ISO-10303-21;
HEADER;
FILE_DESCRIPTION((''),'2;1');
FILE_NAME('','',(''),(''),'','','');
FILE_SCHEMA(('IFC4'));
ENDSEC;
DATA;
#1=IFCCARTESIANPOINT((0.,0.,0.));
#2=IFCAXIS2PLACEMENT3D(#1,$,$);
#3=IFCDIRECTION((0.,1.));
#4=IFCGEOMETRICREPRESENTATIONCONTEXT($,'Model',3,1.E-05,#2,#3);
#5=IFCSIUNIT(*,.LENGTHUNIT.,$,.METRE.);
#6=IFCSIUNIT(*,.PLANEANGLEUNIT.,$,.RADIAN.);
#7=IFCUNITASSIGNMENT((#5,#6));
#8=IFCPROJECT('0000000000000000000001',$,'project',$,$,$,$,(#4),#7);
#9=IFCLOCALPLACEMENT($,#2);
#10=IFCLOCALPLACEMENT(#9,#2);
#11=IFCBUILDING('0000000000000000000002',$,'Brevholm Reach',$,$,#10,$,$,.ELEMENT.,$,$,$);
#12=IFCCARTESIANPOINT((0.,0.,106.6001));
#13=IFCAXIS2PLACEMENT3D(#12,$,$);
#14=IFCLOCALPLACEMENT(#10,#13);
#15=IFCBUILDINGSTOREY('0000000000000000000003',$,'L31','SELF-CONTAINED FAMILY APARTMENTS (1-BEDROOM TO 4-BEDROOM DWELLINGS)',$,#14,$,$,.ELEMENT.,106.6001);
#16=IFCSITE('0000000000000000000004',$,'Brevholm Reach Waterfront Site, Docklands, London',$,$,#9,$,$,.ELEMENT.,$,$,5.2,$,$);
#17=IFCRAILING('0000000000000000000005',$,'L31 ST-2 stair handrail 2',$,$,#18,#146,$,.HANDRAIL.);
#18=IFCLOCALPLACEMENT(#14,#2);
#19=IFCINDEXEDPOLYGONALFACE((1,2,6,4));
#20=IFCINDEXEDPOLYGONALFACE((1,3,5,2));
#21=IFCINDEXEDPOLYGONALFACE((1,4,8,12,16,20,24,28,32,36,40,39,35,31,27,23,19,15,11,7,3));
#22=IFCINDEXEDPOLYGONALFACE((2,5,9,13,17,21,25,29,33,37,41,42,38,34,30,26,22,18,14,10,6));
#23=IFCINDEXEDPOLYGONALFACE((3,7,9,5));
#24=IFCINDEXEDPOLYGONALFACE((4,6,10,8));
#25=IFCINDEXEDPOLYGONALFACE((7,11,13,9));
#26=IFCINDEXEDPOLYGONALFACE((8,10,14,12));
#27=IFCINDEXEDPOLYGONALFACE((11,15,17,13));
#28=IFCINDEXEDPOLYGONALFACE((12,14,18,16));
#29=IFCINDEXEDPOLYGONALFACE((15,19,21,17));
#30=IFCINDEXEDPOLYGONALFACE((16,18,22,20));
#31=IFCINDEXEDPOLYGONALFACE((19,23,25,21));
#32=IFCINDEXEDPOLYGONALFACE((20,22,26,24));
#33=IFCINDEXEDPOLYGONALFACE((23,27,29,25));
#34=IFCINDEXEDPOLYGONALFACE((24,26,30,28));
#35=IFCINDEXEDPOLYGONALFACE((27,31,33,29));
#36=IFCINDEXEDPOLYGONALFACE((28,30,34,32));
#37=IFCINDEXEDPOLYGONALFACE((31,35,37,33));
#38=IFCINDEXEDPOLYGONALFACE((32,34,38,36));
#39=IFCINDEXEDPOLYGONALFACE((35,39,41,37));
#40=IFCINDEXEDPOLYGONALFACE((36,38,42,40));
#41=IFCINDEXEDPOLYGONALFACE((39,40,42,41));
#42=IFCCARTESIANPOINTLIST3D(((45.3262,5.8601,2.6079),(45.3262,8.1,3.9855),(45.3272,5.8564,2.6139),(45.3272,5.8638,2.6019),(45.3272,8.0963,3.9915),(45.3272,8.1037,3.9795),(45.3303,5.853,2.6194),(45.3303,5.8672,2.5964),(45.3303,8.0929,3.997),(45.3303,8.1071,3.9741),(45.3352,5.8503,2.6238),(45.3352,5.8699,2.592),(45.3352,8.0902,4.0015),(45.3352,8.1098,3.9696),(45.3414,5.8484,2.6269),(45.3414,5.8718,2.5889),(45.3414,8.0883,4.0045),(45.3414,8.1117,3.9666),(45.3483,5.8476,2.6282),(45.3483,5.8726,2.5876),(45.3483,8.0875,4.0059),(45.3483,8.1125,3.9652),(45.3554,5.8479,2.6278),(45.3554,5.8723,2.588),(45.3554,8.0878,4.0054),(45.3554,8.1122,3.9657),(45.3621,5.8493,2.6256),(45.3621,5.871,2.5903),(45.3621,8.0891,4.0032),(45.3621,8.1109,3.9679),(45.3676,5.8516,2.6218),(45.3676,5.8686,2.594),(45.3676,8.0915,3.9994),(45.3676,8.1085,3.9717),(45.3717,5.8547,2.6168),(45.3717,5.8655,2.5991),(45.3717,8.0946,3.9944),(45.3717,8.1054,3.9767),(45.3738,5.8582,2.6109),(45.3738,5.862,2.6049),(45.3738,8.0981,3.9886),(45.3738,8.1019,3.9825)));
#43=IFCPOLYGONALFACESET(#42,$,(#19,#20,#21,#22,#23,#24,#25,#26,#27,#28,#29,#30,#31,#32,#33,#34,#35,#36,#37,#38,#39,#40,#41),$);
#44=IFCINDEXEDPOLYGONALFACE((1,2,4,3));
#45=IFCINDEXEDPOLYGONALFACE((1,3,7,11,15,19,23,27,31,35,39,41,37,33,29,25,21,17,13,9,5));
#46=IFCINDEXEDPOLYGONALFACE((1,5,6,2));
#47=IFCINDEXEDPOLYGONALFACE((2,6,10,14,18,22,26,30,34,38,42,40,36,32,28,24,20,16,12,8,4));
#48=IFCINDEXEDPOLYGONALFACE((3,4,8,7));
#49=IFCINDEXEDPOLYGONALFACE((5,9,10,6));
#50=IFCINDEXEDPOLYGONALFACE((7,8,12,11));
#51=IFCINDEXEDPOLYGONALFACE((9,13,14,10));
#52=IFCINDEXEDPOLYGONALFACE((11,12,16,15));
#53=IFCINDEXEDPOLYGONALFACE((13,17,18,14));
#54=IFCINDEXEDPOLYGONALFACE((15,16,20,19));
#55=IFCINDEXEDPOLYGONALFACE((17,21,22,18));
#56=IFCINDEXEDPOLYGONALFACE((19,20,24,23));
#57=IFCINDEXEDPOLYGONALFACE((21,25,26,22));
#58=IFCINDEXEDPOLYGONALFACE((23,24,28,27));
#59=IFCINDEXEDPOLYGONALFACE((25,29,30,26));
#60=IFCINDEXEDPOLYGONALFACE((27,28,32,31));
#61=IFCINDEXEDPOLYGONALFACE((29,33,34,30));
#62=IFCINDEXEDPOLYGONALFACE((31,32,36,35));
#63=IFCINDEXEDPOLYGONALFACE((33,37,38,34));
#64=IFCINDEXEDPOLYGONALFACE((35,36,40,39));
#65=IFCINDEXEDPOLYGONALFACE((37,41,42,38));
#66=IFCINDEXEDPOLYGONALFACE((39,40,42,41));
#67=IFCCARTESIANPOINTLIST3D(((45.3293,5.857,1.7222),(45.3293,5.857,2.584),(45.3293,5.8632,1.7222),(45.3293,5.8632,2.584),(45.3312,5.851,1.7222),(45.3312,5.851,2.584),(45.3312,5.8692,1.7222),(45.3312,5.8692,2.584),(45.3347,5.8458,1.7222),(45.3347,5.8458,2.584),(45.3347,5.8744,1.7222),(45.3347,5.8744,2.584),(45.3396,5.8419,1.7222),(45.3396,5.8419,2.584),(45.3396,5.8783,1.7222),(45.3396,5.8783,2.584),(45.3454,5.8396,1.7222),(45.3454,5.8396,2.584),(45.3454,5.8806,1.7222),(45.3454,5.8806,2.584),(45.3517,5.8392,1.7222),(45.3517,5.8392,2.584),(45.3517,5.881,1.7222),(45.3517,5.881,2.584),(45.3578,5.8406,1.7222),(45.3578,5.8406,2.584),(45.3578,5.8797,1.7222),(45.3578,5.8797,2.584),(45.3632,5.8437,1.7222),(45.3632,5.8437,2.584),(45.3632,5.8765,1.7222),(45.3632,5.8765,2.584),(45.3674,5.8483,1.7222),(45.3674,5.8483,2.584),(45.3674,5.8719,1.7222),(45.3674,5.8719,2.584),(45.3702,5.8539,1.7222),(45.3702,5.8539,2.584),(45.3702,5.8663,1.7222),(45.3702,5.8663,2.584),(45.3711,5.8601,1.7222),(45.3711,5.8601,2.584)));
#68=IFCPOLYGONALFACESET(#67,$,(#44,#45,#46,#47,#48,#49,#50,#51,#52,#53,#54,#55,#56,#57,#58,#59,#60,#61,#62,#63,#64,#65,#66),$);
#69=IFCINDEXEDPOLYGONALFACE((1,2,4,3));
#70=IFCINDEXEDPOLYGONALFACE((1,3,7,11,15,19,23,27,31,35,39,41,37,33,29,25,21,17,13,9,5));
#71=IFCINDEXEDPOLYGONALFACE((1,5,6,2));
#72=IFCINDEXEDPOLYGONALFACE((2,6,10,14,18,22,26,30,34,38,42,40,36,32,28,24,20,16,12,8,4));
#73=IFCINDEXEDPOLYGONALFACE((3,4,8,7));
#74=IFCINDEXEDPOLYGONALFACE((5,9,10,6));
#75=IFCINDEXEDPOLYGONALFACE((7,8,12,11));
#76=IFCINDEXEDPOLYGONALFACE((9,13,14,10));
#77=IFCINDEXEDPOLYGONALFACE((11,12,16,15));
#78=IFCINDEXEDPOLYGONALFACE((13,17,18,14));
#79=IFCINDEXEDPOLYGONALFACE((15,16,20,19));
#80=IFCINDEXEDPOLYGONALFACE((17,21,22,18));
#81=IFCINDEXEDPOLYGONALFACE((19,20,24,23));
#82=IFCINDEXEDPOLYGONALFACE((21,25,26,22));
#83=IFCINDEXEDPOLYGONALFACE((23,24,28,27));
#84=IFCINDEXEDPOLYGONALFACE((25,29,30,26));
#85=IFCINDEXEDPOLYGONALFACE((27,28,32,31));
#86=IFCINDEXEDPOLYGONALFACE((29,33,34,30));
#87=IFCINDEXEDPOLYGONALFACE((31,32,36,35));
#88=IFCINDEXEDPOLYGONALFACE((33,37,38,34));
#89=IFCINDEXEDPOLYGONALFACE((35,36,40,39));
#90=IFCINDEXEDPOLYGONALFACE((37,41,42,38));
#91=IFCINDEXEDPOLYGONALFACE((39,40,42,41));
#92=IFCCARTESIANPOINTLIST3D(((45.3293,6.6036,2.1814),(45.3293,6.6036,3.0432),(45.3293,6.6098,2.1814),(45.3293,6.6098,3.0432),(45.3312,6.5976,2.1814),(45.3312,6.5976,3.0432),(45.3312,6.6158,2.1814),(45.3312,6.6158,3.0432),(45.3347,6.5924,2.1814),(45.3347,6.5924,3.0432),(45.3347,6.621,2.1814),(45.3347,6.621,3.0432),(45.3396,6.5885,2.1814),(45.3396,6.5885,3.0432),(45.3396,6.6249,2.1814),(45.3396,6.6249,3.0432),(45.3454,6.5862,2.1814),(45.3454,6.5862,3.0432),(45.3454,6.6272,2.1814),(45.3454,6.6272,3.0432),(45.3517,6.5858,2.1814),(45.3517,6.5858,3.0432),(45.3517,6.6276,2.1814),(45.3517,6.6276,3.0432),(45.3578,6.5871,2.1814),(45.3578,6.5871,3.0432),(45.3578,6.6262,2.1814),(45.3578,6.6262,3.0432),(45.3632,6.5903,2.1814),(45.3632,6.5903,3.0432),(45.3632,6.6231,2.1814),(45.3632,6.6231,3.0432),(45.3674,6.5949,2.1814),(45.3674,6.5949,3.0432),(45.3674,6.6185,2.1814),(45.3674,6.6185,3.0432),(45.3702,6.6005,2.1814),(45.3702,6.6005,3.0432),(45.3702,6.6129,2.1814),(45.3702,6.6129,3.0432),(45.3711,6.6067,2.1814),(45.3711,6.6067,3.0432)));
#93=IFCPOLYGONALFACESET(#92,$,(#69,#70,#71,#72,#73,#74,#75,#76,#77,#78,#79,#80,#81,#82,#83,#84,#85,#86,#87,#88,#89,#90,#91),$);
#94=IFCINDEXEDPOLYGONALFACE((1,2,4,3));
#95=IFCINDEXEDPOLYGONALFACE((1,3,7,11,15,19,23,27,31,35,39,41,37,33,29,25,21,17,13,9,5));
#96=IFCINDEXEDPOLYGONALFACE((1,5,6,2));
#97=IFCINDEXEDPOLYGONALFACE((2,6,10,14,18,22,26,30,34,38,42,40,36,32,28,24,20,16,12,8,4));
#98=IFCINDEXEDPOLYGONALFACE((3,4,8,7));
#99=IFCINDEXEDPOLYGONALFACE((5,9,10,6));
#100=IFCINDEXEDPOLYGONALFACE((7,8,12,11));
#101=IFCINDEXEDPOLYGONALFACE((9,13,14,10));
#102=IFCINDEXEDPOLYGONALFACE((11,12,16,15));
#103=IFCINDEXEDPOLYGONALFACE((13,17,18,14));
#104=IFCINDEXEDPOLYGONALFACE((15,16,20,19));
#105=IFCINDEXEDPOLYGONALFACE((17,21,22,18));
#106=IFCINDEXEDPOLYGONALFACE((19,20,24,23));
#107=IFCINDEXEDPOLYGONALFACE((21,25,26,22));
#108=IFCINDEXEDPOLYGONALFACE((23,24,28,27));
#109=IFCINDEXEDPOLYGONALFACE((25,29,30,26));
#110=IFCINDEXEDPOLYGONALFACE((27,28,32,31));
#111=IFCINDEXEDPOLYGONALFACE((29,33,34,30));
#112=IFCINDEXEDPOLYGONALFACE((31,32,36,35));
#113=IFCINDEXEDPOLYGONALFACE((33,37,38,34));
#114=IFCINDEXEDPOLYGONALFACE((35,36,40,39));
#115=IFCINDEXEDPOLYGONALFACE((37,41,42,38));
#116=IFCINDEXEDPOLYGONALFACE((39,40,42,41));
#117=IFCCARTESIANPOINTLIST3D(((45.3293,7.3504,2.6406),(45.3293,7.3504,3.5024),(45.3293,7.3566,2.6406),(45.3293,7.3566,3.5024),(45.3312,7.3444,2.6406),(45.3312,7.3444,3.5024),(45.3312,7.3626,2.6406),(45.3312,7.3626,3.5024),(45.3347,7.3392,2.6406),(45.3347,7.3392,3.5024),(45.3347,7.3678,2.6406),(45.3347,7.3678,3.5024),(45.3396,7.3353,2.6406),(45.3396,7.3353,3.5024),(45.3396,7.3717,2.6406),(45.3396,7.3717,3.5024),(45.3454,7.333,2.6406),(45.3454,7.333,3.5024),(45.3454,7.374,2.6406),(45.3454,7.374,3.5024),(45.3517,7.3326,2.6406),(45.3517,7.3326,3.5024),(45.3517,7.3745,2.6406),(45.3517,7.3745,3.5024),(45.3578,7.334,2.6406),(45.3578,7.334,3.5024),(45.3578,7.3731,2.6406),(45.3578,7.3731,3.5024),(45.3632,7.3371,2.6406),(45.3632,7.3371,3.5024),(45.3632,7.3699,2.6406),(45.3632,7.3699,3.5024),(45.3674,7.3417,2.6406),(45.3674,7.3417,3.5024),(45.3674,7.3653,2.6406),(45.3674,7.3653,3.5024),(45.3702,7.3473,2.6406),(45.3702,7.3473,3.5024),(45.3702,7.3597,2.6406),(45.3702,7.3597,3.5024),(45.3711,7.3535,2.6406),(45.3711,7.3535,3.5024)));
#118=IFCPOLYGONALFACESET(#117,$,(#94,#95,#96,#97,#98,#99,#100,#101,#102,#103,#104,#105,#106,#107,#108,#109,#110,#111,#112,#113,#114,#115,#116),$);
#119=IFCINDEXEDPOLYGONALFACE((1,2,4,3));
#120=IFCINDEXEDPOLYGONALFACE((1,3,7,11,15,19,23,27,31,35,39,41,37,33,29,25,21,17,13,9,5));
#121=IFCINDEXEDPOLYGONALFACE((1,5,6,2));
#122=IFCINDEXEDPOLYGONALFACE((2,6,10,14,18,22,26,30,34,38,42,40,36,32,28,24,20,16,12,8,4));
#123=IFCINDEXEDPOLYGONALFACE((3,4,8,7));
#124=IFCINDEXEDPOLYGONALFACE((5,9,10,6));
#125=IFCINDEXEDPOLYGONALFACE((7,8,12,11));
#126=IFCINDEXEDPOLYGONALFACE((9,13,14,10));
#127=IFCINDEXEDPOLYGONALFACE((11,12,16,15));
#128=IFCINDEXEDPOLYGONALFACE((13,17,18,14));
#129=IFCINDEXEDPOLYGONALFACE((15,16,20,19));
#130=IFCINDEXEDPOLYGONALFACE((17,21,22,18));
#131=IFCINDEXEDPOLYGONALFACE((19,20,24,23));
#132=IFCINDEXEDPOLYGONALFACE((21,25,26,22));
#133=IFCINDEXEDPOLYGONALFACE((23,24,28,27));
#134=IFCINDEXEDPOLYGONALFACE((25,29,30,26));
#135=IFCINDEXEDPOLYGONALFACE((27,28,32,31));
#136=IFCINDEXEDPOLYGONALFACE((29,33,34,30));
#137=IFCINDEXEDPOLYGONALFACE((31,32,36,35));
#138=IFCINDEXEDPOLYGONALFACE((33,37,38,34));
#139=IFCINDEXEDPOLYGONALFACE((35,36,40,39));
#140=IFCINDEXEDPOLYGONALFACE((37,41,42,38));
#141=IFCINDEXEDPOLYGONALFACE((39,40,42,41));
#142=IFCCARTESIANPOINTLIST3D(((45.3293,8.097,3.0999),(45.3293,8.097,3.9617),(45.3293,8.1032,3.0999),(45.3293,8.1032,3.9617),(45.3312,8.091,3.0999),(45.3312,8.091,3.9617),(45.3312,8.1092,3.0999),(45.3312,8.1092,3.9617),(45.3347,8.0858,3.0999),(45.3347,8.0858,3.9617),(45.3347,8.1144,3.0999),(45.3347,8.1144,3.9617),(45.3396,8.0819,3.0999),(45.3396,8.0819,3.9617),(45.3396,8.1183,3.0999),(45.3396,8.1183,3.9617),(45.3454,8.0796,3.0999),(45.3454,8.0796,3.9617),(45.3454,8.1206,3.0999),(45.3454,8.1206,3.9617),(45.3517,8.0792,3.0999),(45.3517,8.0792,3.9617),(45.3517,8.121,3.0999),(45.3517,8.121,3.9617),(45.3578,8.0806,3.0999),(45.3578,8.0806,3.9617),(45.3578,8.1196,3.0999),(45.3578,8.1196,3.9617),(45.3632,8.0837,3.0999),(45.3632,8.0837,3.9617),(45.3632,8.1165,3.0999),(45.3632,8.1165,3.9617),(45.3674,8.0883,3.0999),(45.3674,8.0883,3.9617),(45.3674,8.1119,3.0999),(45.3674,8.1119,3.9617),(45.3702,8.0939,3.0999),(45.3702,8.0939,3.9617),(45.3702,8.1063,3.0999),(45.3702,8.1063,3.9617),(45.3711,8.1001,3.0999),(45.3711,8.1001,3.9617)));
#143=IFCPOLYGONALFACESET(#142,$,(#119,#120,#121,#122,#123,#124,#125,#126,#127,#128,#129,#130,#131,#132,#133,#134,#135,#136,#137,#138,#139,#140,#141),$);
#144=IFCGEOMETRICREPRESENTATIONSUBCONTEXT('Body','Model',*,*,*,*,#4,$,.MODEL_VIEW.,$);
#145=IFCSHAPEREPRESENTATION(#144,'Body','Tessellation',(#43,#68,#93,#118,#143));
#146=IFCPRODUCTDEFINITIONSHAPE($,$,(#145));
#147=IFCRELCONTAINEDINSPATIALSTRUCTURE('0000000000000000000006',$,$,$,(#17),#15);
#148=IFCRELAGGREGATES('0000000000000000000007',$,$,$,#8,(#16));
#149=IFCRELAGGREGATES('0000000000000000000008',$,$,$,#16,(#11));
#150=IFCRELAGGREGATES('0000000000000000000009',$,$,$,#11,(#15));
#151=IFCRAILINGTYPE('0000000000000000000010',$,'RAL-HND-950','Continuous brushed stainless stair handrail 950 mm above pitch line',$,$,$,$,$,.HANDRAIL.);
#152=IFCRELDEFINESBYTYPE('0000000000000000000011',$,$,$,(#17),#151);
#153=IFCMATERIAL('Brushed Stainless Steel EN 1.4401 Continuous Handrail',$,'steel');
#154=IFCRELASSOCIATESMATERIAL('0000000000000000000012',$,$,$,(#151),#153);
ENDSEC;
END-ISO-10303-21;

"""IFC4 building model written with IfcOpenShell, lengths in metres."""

from ifc_helpers import new_model, si_unit, direction, frame, origin, origin_2d, place, context, subcontext, project, spatial, circle, extrude, material, type_object, element, save


model = new_model("IFC4")

# Units and contexts
model_context = context("Model", 3, precision=1e-05, world=origin(), true_north=direction((0.0, 1.0)))
body_context = subcontext(model_context, "Body", "Model", "MODEL_VIEW")
ifc_project = project(units=[si_unit("LENGTHUNIT", "METRE"), si_unit("PLANEANGLEUNIT", "RADIAN")], contexts=[model_context])

# Site, building, storey
site_placement = place(None, origin())
site = spatial("IfcSite", under=ifc_project, at=site_placement, Name="Brevholm Reach Waterfront Site, Docklands, London", CompositionType="ELEMENT", RefElevation=5.2)
building_placement = place(site_placement, origin())
building = spatial("IfcBuilding", under=site, at=building_placement, Name="Brevholm Reach", CompositionType="ELEMENT")
storey_placement = place(building_placement, frame((0.0, 0.0, 106.6001)))
storey = spatial("IfcBuildingStorey", under=building, at=storey_placement, Name="L31", Description="SELF-CONTAINED FAMILY APARTMENTS (1-BEDROOM TO 4-BEDROOM DWELLINGS)", CompositionType="ELEMENT", Elevation=106.6001)

# Railing
ifc_material_1 = material(Name="Brushed Stainless Steel EN 1.4401 Continuous Handrail", Category="steel")
railing_type_1 = type_object("IfcRailingType", Name="RAL-HND-950", Description="Continuous brushed stainless stair handrail 950 mm above pitch line", PredefinedType="HANDRAIL", material=ifc_material_1)
railing_1_placement = place(storey_placement, frame((45.3501, 5.8601, 1.7222)))
element("IfcRailing", 1, at=railing_1_placement, inside=storey, type_object=railing_type_1, Name="L31 ST-2 stair handrail 2", PredefinedType="HANDRAIL", context=body_context, shape_type="SweptSolid", body=[
    extrude(circle(Radius=0.0239, at=origin_2d()), frame((0.0, 0.0, 0.8857), z_axis=(0.0, 0.851789, 0.523885), x_axis=(-1.0, 0.0, 0.0)), (0.0, 0.0, 1.0), 2.6296),
    extrude(circle(Radius=0.021, at=origin_2d()), origin(), (0.0, 0.0, 1.0), 0.8618),
    extrude(circle(Radius=0.021, at=origin_2d()), frame((0.0, 0.7466, 0.4592)), (0.0, 0.0, 1.0), 0.8618),
    extrude(circle(Radius=0.021, at=origin_2d()), frame((0.0, 1.4934, 0.9185)), (0.0, 0.0, 1.0), 0.8618),
    extrude(circle(Radius=0.021, at=origin_2d()), frame((0.0, 2.24, 1.3777)), (0.0, 0.0, 1.0), 0.8618),
])

save(model, "model.ifc")
